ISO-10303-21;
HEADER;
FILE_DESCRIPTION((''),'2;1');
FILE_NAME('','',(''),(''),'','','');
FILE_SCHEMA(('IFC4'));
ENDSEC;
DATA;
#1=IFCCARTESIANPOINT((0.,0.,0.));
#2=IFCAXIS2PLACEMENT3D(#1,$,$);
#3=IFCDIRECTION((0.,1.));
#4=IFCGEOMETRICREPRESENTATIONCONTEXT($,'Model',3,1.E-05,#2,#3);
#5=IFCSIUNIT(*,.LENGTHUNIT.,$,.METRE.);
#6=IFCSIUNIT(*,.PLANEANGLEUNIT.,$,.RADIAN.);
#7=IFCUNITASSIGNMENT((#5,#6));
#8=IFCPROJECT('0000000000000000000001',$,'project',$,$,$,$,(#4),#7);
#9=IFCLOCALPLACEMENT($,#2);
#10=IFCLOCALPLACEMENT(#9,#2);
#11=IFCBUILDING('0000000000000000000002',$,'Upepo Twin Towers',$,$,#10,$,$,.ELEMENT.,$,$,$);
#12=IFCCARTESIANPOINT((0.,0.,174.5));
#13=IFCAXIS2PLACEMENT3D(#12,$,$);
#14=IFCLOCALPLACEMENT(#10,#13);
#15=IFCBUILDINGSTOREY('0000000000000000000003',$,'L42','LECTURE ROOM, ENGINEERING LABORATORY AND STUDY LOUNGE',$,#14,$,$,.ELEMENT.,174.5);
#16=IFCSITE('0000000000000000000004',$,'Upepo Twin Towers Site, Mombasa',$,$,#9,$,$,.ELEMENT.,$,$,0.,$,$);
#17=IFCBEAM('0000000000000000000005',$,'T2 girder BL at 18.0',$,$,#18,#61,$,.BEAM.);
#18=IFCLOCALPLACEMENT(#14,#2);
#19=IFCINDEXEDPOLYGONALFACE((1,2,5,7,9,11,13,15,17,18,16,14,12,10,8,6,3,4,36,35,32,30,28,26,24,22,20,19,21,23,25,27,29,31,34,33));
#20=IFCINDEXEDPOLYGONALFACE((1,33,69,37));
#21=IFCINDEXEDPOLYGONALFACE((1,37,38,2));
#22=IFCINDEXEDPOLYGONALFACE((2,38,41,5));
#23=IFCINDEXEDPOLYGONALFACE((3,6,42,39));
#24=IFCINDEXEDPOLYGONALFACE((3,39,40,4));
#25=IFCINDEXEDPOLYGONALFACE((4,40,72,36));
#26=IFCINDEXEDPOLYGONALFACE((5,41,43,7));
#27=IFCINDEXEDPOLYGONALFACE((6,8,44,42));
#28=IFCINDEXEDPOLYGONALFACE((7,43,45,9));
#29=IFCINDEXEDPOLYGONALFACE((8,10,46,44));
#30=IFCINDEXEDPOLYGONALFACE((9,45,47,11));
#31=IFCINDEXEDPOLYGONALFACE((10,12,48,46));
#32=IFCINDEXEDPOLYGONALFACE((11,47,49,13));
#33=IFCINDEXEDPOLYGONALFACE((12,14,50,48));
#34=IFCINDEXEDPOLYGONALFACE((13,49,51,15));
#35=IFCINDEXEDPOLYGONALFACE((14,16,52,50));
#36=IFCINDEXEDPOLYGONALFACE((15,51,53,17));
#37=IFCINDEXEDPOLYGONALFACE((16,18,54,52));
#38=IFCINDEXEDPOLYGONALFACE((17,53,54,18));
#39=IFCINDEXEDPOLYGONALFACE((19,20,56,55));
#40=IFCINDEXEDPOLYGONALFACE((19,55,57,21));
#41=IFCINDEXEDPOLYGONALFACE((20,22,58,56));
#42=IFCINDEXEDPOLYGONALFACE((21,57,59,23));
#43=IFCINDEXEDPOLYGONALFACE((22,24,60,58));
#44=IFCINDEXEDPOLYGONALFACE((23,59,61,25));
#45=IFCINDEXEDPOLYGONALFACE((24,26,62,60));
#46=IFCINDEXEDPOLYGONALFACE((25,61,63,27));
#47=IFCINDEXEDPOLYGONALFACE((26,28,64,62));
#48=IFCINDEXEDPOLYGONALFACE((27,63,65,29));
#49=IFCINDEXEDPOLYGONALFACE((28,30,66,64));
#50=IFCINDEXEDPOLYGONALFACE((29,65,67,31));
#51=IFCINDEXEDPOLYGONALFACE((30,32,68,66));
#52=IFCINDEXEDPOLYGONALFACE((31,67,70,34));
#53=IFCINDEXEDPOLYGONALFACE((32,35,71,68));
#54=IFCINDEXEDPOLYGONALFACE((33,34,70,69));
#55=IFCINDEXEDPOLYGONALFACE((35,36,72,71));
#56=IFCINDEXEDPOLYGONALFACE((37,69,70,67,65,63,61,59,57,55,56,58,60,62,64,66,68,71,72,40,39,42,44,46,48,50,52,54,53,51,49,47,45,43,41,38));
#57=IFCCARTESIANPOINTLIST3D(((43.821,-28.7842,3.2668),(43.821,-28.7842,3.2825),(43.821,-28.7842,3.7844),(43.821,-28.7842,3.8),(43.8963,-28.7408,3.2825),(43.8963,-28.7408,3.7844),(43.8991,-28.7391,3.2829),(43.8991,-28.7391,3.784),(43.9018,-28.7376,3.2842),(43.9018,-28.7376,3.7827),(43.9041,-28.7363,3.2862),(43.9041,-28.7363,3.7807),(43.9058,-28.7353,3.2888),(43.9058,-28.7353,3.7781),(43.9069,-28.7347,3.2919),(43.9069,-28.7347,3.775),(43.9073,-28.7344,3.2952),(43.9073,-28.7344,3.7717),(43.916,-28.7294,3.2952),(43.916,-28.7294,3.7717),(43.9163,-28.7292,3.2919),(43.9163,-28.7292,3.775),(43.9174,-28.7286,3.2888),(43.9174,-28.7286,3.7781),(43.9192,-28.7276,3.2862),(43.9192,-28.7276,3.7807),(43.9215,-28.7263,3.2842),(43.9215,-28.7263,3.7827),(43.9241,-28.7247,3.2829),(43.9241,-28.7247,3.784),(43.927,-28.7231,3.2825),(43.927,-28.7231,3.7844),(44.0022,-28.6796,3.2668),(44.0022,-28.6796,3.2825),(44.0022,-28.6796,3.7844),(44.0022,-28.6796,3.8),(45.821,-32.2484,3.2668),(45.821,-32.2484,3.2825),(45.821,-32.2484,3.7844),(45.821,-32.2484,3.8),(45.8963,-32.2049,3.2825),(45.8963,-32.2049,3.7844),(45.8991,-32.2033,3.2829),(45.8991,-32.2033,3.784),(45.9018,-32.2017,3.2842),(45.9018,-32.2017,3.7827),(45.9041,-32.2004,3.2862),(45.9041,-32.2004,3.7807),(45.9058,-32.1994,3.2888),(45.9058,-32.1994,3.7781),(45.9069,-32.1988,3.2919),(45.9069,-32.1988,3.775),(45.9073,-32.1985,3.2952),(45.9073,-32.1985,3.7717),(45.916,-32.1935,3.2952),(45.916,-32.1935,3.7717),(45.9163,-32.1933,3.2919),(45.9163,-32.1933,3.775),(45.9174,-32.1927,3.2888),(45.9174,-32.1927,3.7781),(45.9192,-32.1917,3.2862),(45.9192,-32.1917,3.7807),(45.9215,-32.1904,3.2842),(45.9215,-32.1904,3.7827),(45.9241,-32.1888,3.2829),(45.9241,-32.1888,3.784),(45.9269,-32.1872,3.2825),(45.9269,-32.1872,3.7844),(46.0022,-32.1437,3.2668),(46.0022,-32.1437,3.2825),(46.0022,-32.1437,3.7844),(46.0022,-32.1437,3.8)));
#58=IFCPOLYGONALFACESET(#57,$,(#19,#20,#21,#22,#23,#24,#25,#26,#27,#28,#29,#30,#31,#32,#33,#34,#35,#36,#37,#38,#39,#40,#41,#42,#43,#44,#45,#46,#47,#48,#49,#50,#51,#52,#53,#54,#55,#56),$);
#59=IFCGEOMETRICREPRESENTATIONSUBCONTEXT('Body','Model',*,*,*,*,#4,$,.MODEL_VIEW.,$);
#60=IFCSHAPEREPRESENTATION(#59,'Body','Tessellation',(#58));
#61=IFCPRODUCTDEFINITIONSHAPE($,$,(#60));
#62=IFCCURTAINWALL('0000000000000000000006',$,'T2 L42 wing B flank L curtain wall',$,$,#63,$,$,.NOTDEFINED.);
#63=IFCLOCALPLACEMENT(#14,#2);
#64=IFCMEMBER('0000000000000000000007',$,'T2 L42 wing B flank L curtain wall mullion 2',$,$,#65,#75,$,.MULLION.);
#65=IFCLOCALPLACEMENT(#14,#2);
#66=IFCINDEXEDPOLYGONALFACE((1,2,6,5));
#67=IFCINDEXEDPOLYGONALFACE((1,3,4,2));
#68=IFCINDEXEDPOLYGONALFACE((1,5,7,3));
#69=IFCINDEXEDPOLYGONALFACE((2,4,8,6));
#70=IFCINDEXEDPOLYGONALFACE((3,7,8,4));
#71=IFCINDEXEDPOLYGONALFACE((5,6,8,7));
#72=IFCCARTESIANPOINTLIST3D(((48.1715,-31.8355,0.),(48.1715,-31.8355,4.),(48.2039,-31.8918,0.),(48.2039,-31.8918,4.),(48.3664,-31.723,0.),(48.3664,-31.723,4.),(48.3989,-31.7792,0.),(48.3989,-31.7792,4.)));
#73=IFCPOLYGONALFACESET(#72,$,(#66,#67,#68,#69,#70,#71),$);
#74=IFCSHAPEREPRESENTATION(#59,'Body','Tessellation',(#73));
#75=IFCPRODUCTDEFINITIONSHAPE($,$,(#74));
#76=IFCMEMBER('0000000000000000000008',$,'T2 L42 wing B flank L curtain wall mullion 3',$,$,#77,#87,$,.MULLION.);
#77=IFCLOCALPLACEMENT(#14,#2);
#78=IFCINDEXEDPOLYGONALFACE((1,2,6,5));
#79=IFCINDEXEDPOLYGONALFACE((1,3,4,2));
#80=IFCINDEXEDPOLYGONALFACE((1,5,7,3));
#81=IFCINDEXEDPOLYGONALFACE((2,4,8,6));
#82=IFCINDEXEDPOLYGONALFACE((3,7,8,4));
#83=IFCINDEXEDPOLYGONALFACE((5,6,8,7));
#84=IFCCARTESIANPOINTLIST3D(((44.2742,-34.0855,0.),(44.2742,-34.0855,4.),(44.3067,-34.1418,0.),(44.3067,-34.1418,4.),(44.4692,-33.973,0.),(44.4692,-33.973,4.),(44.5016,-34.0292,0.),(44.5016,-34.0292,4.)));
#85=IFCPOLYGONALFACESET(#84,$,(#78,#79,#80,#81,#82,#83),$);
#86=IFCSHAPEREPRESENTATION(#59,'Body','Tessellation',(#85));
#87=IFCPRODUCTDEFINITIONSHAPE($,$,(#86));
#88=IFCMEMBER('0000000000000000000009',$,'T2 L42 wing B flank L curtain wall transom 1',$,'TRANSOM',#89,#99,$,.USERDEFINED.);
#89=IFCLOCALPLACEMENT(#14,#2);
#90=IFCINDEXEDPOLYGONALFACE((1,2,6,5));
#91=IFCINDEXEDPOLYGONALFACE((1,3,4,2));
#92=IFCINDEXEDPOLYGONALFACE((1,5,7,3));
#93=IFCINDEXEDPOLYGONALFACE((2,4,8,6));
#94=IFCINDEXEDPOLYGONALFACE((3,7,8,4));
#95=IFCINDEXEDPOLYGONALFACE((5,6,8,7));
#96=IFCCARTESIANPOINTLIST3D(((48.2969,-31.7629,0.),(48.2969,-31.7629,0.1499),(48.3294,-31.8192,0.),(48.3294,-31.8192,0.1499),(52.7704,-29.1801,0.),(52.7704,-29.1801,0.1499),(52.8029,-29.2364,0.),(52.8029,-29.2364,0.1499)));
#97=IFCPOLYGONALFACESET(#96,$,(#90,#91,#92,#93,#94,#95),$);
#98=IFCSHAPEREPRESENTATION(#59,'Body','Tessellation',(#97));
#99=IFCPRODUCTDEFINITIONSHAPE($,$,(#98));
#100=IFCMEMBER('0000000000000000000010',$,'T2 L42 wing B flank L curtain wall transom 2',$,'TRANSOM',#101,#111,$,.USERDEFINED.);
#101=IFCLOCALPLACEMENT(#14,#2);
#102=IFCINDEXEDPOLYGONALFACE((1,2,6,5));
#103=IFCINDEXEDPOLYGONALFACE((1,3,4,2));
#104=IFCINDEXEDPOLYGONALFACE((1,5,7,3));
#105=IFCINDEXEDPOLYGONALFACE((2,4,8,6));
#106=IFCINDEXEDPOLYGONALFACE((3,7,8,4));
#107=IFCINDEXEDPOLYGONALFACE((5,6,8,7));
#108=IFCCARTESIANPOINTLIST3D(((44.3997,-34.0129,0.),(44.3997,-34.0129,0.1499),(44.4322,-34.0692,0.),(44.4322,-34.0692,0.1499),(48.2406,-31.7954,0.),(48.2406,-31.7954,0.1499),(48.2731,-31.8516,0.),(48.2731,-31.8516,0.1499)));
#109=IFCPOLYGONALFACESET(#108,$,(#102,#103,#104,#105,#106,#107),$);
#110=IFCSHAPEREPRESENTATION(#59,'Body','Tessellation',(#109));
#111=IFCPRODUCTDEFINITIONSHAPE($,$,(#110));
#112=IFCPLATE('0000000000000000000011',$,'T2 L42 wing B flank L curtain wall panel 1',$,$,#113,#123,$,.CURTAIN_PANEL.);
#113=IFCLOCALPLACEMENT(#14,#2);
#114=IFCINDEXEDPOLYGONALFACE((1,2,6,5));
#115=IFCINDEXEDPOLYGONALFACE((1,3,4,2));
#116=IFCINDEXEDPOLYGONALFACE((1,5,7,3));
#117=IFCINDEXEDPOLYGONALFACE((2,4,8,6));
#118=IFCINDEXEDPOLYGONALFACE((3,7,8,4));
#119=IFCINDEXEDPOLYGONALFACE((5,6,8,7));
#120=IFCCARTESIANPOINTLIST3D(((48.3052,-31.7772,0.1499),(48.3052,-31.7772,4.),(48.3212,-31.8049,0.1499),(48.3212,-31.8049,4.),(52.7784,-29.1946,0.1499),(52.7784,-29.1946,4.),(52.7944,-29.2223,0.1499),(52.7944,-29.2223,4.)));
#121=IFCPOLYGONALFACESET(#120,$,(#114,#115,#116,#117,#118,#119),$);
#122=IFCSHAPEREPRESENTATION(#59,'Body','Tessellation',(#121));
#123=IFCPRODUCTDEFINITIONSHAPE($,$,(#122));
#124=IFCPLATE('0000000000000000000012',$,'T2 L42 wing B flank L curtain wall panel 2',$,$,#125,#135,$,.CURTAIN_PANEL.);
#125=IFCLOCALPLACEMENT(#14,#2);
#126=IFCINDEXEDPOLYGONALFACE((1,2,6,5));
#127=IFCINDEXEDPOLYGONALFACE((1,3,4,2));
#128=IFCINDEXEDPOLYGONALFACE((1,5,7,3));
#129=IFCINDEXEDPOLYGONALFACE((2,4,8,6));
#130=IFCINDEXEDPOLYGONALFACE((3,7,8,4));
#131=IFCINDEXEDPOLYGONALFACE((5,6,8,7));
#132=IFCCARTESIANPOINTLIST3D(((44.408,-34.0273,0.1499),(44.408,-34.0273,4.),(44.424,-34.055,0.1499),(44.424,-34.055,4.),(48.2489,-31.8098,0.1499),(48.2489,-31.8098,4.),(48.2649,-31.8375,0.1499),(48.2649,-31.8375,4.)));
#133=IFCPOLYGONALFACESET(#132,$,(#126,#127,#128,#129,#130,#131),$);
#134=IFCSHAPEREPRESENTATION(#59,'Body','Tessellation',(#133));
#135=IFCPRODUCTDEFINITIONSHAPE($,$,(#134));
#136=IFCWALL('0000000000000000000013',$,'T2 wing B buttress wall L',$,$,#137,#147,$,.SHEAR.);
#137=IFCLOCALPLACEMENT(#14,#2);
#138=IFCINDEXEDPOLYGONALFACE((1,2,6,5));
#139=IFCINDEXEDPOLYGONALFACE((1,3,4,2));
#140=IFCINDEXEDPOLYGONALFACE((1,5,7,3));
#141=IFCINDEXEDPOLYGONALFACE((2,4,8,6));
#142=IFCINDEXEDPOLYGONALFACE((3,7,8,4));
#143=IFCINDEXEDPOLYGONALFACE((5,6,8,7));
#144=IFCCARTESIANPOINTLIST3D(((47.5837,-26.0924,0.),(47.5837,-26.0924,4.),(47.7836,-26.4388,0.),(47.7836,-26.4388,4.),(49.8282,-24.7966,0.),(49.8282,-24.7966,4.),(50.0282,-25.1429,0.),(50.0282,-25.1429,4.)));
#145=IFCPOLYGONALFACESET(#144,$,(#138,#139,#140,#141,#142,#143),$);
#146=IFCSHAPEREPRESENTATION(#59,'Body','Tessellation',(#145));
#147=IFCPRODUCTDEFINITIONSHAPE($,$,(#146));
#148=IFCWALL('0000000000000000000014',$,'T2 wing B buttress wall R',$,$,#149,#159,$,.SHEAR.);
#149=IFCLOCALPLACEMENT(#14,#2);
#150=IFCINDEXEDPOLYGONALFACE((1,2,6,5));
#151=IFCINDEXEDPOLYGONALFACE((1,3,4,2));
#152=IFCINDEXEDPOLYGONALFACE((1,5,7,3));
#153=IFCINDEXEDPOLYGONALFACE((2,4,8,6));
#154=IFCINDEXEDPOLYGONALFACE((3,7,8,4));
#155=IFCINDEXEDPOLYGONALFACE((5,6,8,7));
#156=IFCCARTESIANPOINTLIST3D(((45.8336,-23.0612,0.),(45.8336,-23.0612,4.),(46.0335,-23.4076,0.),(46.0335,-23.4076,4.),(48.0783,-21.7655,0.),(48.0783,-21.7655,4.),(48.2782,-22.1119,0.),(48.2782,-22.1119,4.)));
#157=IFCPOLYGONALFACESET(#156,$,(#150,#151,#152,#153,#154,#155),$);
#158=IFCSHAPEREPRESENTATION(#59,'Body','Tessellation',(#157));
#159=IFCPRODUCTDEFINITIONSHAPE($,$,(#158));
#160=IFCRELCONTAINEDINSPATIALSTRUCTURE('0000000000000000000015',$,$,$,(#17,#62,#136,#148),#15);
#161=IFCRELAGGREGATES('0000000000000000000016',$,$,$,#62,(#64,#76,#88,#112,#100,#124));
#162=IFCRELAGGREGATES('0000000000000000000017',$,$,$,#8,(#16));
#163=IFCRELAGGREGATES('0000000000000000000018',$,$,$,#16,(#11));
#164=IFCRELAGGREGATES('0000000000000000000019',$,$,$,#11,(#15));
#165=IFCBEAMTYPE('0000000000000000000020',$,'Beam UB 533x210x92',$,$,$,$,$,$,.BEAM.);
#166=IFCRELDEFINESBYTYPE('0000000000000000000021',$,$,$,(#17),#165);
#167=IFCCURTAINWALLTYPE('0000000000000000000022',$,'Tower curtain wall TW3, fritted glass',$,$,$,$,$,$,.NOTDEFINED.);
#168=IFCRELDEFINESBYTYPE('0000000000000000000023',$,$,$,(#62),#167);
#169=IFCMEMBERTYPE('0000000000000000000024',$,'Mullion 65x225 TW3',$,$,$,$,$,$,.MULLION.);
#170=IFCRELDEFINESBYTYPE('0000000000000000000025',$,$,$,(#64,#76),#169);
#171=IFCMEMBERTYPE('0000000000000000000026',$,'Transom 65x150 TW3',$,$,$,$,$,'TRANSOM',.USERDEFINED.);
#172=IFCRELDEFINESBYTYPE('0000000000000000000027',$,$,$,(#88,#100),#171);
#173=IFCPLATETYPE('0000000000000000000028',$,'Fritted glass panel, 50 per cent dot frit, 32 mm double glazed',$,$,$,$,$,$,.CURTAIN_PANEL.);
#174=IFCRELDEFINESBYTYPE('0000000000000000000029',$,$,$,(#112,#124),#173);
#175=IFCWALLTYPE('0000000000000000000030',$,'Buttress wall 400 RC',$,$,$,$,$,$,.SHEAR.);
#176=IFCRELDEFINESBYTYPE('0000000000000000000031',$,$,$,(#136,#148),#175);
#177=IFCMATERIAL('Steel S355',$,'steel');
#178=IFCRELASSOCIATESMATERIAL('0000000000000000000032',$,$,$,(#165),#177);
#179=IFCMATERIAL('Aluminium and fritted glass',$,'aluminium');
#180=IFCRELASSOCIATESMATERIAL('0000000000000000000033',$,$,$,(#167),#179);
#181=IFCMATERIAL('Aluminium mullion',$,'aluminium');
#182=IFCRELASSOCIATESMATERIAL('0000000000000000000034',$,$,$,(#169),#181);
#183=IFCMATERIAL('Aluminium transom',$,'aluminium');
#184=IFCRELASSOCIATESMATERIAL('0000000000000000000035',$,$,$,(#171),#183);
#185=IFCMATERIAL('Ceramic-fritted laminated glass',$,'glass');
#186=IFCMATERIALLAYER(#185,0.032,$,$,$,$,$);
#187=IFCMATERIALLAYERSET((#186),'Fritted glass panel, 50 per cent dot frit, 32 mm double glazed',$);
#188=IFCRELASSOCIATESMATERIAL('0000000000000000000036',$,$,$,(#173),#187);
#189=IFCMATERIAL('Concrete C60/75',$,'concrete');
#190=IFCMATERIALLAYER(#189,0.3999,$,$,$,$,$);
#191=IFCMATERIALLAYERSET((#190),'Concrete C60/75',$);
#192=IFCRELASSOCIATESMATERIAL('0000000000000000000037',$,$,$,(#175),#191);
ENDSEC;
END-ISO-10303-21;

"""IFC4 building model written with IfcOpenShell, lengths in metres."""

from ifc_helpers import new_model, si_unit, direction, frame, frame_2d, origin, origin_2d, place, context, subcontext, project, spatial, rectangle, i_section, extrude, material, layer, layer_set, material_profile, profile_set, type_object, element, aggregate, save


model = new_model("IFC4")

# Units and contexts
model_context = context("Model", 3, precision=1e-05, world=origin(), true_north=direction((0.0, 1.0)))
body_context = subcontext(model_context, "Body", "Model", "MODEL_VIEW")
ifc_project = project(units=[si_unit("LENGTHUNIT", "METRE"), si_unit("PLANEANGLEUNIT", "RADIAN")], contexts=[model_context])

# Site, building, storey
site_placement = place(None, origin())
site = spatial("IfcSite", under=ifc_project, at=site_placement, Name="Upepo Twin Towers Site, Mombasa", CompositionType="ELEMENT", RefElevation=0.0)
building_placement = place(site_placement, origin())
building = spatial("IfcBuilding", under=site, at=building_placement, Name="Upepo Twin Towers", CompositionType="ELEMENT")
storey_placement = place(building_placement, frame((0.0, 0.0, 174.5)))
storey = spatial("IfcBuildingStorey", under=building, at=storey_placement, Name="L42", Description="LECTURE ROOM, ENGINEERING LABORATORY AND STUDY LOUNGE", CompositionType="ELEMENT", Elevation=174.5)

# Beam
ifc_material_1 = material(Name="Steel S355", Category="steel")
ifc_material_profile_1 = material_profile(ifc_material_1, i_section(OverallWidth=0.2092, OverallDepth=0.5332, WebThickness=0.01, FlangeThickness=0.0156, FilletRadius=0.0127, at=origin_2d()), Name="UB 533x210x92")
ifc_profile_set_1 = profile_set([ifc_material_profile_1], Name="Steel S355")
beam_type_1 = type_object("IfcBeamType", Name="Beam UB 533x210x92", PredefinedType="BEAM", material=ifc_profile_set_1)
for number, where, z_axis, x_axis, name in (
    (1, (45.9116, -32.196, 3.5334), (-0.499999, 0.866026, 0.0), (-0.866026, -0.499999, 0.0), "T2 girder BL at 18.0"),
):
    element("IfcBeam", number, at=place(storey_placement, frame(where, z_axis=z_axis, x_axis=x_axis)), inside=storey, type_object=beam_type_1, Name=name, PredefinedType="BEAM", context=body_context, shape_type="SweptSolid", body=[
        extrude(i_section(OverallWidth=0.2092, OverallDepth=0.5332, WebThickness=0.01, FlangeThickness=0.0156, FilletRadius=0.0127, at=origin_2d()), origin(), (0.0, 0.0, 1.0), 4.0),
    ])

# Curtain wall, members, plates
ifc_material_2 = material(Name="Aluminium and fritted glass", Category="aluminium")
curtain_wall_type = type_object("IfcCurtainWallType", Name="Tower curtain wall TW3, fritted glass", PredefinedType="NOTDEFINED", material=ifc_material_2)
curtain_wall_placement = place(storey_placement, origin())
curtain_wall = element("IfcCurtainWall", 2, at=curtain_wall_placement, inside=storey, type_object=curtain_wall_type, Name="T2 L42 wing B flank L curtain wall", PredefinedType="NOTDEFINED")
ifc_material_3 = material(Name="Aluminium mullion", Category="aluminium")
ifc_material_profile_2 = material_profile(ifc_material_3, rectangle(XDim=0.0649, YDim=0.2251, at=origin_2d()), Name="MULLION 65x225")
ifc_profile_set_2 = profile_set([ifc_material_profile_2], Name="Aluminium mullion")
member_type_1 = type_object("IfcMemberType", Name="Mullion 65x225 TW3", PredefinedType="MULLION", material=ifc_profile_set_2)
member_1_placement = place(storey_placement, frame((48.2852, -31.8074, 0.0), z_axis=(0.0, 0.0, 1.0), x_axis=(0.5, -0.866025, 0.0)))
member_1 = element("IfcMember", 3, at=member_1_placement, type_object=member_type_1, Name="T2 L42 wing B flank L curtain wall mullion 2", PredefinedType="MULLION", context=body_context, shape_type="SweptSolid", body=[
    extrude(rectangle(XDim=0.0649, YDim=0.2251, at=origin_2d()), origin(), (0.0, 0.0, 1.0), 4.0),
])
member_2_placement = place(storey_placement, frame((44.3879, -34.0574, 0.0), z_axis=(0.0, 0.0, 1.0), x_axis=(0.5, -0.866025, 0.0)))
member_2 = element("IfcMember", 4, at=member_2_placement, type_object=member_type_1, Name="T2 L42 wing B flank L curtain wall mullion 3", PredefinedType="MULLION", context=body_context, shape_type="SweptSolid", body=[
    extrude(rectangle(XDim=0.0649, YDim=0.2251, at=origin_2d()), origin(), (0.0, 0.0, 1.0), 4.0),
])
ifc_material_4 = material(Name="Aluminium transom", Category="aluminium")
ifc_material_profile_3 = material_profile(ifc_material_4, rectangle(XDim=0.0649, YDim=0.1499, at=origin_2d()), Name="TRANSOM 65x150")
ifc_profile_set_3 = profile_set([ifc_material_profile_3], Name="Aluminium transom")
member_type_2 = type_object("IfcMemberType", Name="Transom 65x150 TW3", ElementType="TRANSOM", PredefinedType="USERDEFINED", material=ifc_profile_set_3)
member_3_placement = place(storey_placement, frame((52.7866, -29.2083, 0.075), z_axis=(-0.866021, -0.500007, 0.0), x_axis=(0.500007, -0.866021, 0.0)))
member_3 = element("IfcMember", 5, at=member_3_placement, type_object=member_type_2, Name="T2 L42 wing B flank L curtain wall transom 1", ObjectType="TRANSOM", PredefinedType="USERDEFINED", context=body_context, shape_type="SweptSolid", body=[
    extrude(rectangle(XDim=0.0649, YDim=0.1499, at=origin_2d()), origin(), (0.0, 0.0, 1.0), 5.1655),
])
member_4_placement = place(storey_placement, frame((48.2568, -31.8235, 0.075), z_axis=(-0.866022, -0.500005, 0.0), x_axis=(0.500005, -0.866022, 0.0)))
member_4 = element("IfcMember", 6, at=member_4_placement, type_object=member_type_2, Name="T2 L42 wing B flank L curtain wall transom 2", ObjectType="TRANSOM", PredefinedType="USERDEFINED", context=body_context, shape_type="SweptSolid", body=[
    extrude(rectangle(XDim=0.0649, YDim=0.1499, at=origin_2d()), origin(), (0.0, 0.0, 1.0), 4.4351),
])
ifc_material_5 = material(Name="Ceramic-fritted laminated glass", Category="glass")
ifc_layer_1 = layer(ifc_material_5, 0.032)
ifc_layer_set_1 = layer_set([ifc_layer_1], Name="Fritted glass panel, 50 per cent dot frit, 32 mm double glazed")
plate_type = type_object("IfcPlateType", Name="Fritted glass panel, 50 per cent dot frit, 32 mm double glazed", PredefinedType="CURTAIN_PANEL", material=ifc_layer_set_1)
plate_1_placement = place(storey_placement, frame((50.5498, -30.4998, 0.1499), z_axis=(0.0, 0.0, 1.0), x_axis=(-0.866025, -0.5, 0.0)))
plate_1 = element("IfcPlate", 7, at=plate_1_placement, type_object=plate_type, Name="T2 L42 wing B flank L curtain wall panel 1", PredefinedType="CURTAIN_PANEL", context=body_context, shape_type="SweptSolid", body=[
    extrude(rectangle(XDim=5.1653, YDim=0.032, at=origin_2d()), origin(), (0.0, 0.0, 1.0), 3.8501),
])
plate_2_placement = place(storey_placement, frame((46.3364, -32.9324, 0.1499), z_axis=(0.0, 0.0, 1.0), x_axis=(-0.866025, -0.5, 0.0)))
plate_2 = element("IfcPlate", 8, at=plate_2_placement, type_object=plate_type, Name="T2 L42 wing B flank L curtain wall panel 2", PredefinedType="CURTAIN_PANEL", context=body_context, shape_type="SweptSolid", body=[
    extrude(rectangle(XDim=4.4351, YDim=0.032, at=origin_2d()), origin(), (0.0, 0.0, 1.0), 3.8501),
])
aggregate(curtain_wall, [member_1, member_2, member_3, plate_1, member_4, plate_2])

# Walls
ifc_material_6 = material(Name="Concrete C60/75", Category="concrete")
ifc_layer_2 = layer(ifc_material_6, 0.3999)
ifc_layer_set_2 = layer_set([ifc_layer_2], Name="Concrete C60/75")
wall_type_1 = type_object("IfcWallType", Name="Buttress wall 400 RC", PredefinedType="SHEAR", material=ifc_layer_set_2)
for number, where, z_axis, x_axis, name in (
    (9, (49.9282, -24.9697, 0.0), (0.0, 0.0, 1.0), (-0.866032, -0.499989, 0.0), "T2 wing B buttress wall L"),
    (10, (48.1782, -21.9387, 0.0), (0.0, 0.0, 1.0), (-0.866073, -0.499918, 0.0), "T2 wing B buttress wall R"),
):
    element("IfcWall", number, at=place(storey_placement, frame(where, z_axis=z_axis, x_axis=x_axis)), inside=storey, type_object=wall_type_1, Name=name, PredefinedType="SHEAR", context=body_context, shape_type="SweptSolid", body=[
        extrude(rectangle(XDim=2.5918, YDim=0.3999, at=frame_2d((1.2959, 0.0))), origin(), (0.0, 0.0, 1.0), 4.0),
    ])

save(model, "model.ifc")
